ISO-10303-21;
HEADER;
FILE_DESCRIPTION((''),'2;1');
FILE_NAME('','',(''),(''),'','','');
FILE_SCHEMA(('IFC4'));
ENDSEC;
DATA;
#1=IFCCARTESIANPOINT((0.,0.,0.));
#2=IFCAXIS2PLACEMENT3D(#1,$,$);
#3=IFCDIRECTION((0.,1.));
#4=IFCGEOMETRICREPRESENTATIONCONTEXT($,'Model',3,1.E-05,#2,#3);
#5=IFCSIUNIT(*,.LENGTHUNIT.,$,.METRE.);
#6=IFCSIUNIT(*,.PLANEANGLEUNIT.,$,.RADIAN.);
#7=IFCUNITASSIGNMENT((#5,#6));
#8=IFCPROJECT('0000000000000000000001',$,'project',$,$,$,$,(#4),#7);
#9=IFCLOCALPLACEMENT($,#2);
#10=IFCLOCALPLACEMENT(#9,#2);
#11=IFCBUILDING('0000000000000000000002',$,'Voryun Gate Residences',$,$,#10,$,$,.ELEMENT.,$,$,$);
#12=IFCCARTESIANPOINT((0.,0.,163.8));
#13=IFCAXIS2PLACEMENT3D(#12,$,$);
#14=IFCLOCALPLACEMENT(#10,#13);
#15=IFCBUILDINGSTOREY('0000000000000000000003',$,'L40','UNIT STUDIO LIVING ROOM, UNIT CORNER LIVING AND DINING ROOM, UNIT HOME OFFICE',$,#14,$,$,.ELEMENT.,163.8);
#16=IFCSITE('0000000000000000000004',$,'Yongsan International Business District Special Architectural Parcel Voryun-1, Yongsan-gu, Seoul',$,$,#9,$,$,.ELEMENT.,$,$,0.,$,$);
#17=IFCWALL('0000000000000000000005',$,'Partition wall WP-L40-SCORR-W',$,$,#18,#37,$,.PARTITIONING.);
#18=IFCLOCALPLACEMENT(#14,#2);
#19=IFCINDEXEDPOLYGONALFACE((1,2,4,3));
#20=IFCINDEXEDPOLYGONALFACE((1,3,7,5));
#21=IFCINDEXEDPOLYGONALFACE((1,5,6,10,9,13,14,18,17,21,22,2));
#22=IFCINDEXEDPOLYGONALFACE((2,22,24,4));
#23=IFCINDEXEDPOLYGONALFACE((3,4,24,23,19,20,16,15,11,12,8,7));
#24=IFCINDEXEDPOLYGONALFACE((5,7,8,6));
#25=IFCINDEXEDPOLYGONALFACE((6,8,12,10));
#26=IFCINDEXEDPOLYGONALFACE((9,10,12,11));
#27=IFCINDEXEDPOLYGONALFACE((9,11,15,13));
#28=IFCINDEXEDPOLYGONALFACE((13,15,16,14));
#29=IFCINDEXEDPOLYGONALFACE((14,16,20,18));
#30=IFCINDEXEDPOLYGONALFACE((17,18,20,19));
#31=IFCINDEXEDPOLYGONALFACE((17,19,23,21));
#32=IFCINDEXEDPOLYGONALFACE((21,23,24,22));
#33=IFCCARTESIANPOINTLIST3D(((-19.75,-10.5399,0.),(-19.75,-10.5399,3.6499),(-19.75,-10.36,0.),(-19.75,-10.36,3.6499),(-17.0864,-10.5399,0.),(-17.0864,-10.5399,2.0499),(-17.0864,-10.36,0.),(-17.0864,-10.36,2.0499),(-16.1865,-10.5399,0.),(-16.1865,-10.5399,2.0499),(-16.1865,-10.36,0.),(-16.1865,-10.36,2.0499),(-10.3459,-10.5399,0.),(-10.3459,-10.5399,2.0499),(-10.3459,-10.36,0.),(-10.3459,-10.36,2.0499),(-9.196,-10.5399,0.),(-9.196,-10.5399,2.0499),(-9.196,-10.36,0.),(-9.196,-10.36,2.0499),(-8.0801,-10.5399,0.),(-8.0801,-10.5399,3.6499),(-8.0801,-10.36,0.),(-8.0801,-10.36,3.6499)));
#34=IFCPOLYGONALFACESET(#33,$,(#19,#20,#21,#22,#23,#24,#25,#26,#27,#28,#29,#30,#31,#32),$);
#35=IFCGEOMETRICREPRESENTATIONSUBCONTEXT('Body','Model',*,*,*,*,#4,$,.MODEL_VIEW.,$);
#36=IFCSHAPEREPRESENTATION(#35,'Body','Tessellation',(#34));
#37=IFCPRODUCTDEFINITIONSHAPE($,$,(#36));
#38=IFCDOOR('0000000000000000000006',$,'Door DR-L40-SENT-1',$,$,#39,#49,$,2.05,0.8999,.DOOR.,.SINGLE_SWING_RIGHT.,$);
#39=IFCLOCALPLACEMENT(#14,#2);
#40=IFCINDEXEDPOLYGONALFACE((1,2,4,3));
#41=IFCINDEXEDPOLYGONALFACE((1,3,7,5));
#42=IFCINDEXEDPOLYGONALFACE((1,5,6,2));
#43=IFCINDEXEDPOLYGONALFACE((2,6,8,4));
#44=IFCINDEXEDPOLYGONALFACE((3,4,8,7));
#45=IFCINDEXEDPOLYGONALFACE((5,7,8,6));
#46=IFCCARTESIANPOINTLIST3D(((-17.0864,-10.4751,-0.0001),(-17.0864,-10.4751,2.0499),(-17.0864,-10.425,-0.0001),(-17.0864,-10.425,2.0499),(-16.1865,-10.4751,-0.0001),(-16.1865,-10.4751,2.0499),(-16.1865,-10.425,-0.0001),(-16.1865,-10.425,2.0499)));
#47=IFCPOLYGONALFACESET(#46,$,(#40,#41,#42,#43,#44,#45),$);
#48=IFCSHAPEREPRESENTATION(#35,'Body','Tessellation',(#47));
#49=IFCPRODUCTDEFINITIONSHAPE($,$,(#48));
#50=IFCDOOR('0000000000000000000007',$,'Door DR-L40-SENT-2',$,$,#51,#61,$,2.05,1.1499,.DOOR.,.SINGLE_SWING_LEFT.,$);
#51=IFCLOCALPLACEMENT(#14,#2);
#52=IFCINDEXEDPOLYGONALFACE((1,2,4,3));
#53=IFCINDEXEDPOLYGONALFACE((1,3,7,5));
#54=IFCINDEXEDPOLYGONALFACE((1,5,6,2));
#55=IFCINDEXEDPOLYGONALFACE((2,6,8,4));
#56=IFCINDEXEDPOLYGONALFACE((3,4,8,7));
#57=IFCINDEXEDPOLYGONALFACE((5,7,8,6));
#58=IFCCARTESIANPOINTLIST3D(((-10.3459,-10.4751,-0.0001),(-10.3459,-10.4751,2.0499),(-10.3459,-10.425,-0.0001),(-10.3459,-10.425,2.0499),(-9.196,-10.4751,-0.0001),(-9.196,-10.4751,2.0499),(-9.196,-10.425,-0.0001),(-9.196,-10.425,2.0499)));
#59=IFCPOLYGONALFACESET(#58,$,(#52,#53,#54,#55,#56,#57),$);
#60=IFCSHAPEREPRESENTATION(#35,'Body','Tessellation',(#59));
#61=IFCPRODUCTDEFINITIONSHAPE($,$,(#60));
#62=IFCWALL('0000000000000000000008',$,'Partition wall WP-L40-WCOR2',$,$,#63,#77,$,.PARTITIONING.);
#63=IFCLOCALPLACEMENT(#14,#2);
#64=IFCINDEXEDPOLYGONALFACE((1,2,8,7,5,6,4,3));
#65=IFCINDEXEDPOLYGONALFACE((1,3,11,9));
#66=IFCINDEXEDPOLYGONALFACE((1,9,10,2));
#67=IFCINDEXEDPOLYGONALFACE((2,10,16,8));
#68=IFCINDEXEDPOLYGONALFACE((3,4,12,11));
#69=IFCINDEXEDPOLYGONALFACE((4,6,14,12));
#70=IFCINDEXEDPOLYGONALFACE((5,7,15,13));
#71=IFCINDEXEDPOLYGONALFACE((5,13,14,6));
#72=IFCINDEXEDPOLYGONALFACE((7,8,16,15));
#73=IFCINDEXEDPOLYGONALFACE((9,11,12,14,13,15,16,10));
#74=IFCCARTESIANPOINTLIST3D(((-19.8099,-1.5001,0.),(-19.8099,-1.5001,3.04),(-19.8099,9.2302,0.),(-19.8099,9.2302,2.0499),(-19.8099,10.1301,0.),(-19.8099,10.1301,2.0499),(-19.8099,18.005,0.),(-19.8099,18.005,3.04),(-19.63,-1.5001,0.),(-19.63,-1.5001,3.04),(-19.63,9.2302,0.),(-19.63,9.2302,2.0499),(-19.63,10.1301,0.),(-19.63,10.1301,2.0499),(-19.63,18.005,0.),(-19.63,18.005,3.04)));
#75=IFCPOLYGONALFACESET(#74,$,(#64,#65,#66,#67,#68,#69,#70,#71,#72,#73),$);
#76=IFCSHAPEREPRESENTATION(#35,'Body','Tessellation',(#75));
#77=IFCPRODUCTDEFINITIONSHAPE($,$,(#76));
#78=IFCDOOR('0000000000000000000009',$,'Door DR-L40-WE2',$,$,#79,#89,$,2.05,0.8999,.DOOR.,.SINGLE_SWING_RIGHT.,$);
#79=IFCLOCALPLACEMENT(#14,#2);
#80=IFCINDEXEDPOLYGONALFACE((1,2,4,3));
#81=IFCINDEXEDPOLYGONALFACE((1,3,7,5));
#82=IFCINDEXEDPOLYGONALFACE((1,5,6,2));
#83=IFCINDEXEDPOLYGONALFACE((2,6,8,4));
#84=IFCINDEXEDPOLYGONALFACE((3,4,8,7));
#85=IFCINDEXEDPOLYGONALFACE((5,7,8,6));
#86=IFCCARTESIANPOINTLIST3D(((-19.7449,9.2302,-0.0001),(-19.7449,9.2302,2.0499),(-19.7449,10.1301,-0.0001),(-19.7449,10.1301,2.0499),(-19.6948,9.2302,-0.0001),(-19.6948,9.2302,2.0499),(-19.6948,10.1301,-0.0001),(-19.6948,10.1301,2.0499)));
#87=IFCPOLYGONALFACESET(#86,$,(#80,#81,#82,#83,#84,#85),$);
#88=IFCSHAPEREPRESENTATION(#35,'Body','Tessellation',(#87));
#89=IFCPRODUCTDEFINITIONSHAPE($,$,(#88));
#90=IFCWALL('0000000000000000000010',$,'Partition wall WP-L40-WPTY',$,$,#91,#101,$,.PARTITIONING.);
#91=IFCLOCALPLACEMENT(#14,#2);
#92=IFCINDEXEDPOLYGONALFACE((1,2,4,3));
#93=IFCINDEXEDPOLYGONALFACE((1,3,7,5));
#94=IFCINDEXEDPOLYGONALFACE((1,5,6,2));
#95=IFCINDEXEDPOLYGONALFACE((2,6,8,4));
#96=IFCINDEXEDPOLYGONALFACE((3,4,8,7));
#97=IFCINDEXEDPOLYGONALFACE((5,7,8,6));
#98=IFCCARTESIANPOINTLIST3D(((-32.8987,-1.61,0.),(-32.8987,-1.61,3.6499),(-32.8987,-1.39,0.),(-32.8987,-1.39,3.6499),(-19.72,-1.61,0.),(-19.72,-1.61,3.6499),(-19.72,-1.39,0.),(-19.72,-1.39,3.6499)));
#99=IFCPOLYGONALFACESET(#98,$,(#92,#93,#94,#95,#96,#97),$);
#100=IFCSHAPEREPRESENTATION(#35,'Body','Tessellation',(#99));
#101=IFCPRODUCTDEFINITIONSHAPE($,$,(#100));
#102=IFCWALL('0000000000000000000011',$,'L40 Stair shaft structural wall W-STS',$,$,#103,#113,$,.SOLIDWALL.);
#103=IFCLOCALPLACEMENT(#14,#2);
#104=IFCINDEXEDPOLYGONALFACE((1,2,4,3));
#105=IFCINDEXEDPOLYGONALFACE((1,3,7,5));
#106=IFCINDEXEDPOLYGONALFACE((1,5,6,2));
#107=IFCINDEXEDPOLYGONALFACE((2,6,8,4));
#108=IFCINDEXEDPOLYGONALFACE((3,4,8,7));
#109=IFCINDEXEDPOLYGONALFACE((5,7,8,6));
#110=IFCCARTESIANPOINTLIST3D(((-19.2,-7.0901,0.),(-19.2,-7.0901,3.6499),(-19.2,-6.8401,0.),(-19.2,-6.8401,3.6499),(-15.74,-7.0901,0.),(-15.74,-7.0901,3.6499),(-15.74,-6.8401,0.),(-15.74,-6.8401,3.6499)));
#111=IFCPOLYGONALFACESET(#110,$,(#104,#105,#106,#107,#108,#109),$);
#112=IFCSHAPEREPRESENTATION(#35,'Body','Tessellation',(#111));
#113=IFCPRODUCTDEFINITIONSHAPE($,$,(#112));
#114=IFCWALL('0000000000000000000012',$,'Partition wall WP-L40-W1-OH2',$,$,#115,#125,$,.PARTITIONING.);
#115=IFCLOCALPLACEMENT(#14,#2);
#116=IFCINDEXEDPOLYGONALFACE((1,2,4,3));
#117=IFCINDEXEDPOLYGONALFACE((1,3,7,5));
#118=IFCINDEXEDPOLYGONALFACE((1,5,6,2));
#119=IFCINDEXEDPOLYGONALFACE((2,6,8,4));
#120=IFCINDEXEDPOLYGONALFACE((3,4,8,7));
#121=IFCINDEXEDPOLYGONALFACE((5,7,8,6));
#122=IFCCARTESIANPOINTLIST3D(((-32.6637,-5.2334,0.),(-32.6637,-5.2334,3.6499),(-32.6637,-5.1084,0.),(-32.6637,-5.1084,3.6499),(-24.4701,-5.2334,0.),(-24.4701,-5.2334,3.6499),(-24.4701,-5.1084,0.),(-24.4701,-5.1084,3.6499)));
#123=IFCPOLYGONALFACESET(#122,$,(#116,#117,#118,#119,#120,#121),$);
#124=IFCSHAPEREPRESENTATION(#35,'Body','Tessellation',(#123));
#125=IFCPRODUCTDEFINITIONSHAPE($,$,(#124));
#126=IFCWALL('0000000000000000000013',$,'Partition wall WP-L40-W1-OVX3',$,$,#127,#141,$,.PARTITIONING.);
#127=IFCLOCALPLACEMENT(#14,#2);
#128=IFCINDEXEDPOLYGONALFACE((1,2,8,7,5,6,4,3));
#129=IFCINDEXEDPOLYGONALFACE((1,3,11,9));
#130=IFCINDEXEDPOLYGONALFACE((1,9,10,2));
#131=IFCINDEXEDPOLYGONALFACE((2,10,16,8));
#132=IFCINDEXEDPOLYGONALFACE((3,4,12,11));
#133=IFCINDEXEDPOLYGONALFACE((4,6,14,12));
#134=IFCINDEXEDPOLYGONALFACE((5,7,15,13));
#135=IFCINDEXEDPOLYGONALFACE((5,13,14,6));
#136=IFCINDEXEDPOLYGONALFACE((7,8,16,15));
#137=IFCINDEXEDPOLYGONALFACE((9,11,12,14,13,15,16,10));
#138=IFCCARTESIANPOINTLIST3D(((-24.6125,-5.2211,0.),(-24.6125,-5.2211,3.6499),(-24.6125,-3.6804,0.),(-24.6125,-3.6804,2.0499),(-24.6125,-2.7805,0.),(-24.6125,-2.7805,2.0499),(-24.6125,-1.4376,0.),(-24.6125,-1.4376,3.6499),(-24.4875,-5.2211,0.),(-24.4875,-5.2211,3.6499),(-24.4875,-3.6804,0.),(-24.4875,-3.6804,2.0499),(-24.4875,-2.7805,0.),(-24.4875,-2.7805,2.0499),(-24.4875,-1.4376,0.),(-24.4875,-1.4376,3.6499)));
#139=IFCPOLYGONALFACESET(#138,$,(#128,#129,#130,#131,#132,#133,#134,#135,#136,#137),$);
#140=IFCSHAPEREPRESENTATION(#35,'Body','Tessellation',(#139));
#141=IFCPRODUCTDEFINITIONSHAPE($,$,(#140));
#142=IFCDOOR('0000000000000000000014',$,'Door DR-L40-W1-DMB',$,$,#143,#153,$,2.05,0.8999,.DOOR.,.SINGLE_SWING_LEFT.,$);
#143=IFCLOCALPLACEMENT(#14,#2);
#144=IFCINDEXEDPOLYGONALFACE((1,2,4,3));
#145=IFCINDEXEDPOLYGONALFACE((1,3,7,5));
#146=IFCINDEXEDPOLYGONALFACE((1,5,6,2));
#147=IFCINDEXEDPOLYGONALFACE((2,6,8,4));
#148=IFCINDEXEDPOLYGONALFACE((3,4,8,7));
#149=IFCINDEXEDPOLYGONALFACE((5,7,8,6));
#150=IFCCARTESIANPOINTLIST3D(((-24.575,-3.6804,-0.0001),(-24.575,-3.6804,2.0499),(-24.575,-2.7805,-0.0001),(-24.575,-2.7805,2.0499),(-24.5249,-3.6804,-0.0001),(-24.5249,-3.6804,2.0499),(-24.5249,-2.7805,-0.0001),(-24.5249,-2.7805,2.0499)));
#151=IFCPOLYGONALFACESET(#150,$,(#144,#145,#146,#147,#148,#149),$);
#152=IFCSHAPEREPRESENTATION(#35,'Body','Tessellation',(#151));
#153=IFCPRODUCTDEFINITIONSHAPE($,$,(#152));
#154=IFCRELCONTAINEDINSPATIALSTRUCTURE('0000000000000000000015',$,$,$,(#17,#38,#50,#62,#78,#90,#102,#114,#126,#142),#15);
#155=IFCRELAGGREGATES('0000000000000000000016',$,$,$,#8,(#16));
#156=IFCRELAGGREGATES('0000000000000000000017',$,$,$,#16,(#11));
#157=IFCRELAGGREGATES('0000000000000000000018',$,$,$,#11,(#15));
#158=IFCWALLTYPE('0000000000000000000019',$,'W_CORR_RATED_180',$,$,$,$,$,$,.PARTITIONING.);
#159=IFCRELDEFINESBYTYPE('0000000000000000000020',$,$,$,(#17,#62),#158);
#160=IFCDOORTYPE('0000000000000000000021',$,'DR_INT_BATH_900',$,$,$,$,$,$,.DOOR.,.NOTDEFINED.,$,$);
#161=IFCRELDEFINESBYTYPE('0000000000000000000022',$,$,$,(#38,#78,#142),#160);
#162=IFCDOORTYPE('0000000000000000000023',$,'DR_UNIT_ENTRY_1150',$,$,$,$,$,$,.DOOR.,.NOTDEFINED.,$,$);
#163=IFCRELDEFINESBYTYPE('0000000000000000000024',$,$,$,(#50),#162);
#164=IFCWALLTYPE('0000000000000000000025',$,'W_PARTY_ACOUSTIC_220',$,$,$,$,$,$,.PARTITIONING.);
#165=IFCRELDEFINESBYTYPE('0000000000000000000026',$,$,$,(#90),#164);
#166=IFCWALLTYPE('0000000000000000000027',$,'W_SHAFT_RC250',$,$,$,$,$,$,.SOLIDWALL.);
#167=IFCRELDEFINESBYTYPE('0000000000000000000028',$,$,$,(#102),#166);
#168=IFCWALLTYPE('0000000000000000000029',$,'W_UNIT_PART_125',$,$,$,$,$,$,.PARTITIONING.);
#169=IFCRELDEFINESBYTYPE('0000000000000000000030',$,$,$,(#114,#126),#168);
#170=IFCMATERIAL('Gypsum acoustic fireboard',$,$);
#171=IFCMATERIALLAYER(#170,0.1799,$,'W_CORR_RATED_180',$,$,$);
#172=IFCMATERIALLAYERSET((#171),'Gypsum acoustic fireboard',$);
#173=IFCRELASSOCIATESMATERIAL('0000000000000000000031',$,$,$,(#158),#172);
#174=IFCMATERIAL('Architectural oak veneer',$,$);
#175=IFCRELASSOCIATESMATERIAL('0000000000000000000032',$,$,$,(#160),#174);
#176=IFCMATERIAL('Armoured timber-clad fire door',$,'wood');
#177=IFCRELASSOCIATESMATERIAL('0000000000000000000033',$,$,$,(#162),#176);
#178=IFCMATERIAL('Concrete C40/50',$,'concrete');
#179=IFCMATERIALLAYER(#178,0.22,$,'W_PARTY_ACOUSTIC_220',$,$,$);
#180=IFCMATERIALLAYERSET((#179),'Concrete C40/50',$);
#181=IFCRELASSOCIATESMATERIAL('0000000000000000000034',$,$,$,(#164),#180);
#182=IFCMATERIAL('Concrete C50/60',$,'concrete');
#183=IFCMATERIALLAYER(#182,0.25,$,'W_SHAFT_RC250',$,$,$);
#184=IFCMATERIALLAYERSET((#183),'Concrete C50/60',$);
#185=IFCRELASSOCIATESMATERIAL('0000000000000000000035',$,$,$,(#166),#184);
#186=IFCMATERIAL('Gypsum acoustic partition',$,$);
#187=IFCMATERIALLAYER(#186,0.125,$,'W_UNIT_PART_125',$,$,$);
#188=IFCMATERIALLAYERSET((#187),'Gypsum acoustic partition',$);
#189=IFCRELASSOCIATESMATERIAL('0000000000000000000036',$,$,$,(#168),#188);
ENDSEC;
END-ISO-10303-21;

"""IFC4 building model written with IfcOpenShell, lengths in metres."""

from ifc_helpers import new_model, si_unit, direction, frame, frame_2d, origin, place, context, subcontext, project, spatial, rectangle, extrude, material, layer, layer_set, type_object, element, fill, save


model = new_model("IFC4")

# Units and contexts
model_context = context("Model", 3, precision=1e-05, world=origin(), true_north=direction((0.0, 1.0)))
body_context = subcontext(model_context, "Body", "Model", "MODEL_VIEW")
ifc_project = project(units=[si_unit("LENGTHUNIT", "METRE"), si_unit("PLANEANGLEUNIT", "RADIAN")], contexts=[model_context])

# Site, building, storey
site_placement = place(None, origin())
site = spatial("IfcSite", under=ifc_project, at=site_placement, Name="Yongsan International Business District Special Architectural Parcel Voryun-1, Yongsan-gu, Seoul", CompositionType="ELEMENT", RefElevation=0.0)
building_placement = place(site_placement, origin())
building = spatial("IfcBuilding", under=site, at=building_placement, Name="Voryun Gate Residences", CompositionType="ELEMENT")
storey_placement = place(building_placement, frame((0.0, 0.0, 163.8)))
storey = spatial("IfcBuildingStorey", under=building, at=storey_placement, Name="L40", Description="UNIT STUDIO LIVING ROOM, UNIT CORNER LIVING AND DINING ROOM, UNIT HOME OFFICE", CompositionType="ELEMENT", Elevation=163.8)

# Wall, openings, doors
ifc_material_1 = material(Name="Gypsum acoustic fireboard")
ifc_layer_1 = layer(ifc_material_1, 0.1799, Name="W_CORR_RATED_180")
ifc_layer_set_1 = layer_set([ifc_layer_1], Name="Gypsum acoustic fireboard")
wall_type_1 = type_object("IfcWallType", Name="W_CORR_RATED_180", PredefinedType="PARTITIONING", material=ifc_layer_set_1)
wall_1_placement = place(storey_placement, frame((-19.75, -10.45, 0.0), z_axis=(0.0, 0.0, 1.0), x_axis=(1.0, 0.0, 0.0)))
wall_1 = element("IfcWall", 1, at=wall_1_placement, inside=storey, type_object=wall_type_1, Name="Partition wall WP-L40-SCORR-W", PredefinedType="PARTITIONING", context=body_context, shape_type="SweptSolid", body=[
    extrude(rectangle(XDim=11.6699, YDim=0.1799, at=frame_2d((5.835, 0.0))), origin(), (0.0, 0.0, 1.0), 3.6499),
])
opening_1_placement = place(wall_1_placement, frame((2.6636, 0.0, 0.0)))
opening_1 = element("IfcOpeningElement", 2, at=opening_1_placement, cuts=wall_1, PredefinedType="OPENING", context=body_context, shape_type="SweptSolid", body=[
    extrude(rectangle(XDim=0.8999, YDim=2.05, at=frame_2d((0.45, 1.0249))), frame((0.0, 0.0999, 0.0), z_axis=(0.0, -1.0, 0.0), x_axis=(1.0, 0.0, 0.0)), (0.0, 0.0, 1.0), 0.2),
])
opening_2_placement = place(wall_1_placement, frame((9.4041, 0.0, 0.0)))
opening_2 = element("IfcOpeningElement", 3, at=opening_2_placement, cuts=wall_1, PredefinedType="OPENING", context=body_context, shape_type="SweptSolid", body=[
    extrude(rectangle(XDim=1.1499, YDim=2.05, at=frame_2d((0.575, 1.0249))), frame((0.0, 0.0999, 0.0), z_axis=(0.0, -1.0, 0.0), x_axis=(1.0, 0.0, 0.0)), (0.0, 0.0, 1.0), 0.2),
])
ifc_material_2 = material(Name="Architectural oak veneer")
door_type_1 = type_object("IfcDoorType", Name="DR_INT_BATH_900", OperationType="NOTDEFINED", PredefinedType="DOOR", material=ifc_material_2)
door_1_placement = place(opening_1_placement, origin())
door_1 = element("IfcDoor", 4, at=door_1_placement, inside=storey, type_object=door_type_1, Name="Door DR-L40-SENT-1", OperationType="SINGLE_SWING_RIGHT", OverallHeight=2.05, OverallWidth=0.8999, PredefinedType="DOOR", context=body_context, shape_type="SweptSolid", body=[
    extrude(rectangle(XDim=0.8999, YDim=2.05, at=frame_2d((0.45, 1.0249))), frame((0.0, 0.0249, 0.0), z_axis=(0.0, -1.0, 0.0), x_axis=(1.0, 0.0, 0.0)), (0.0, 0.0, 1.0), 0.05),
])
fill(opening_1, door_1)
ifc_material_3 = material(Name="Armoured timber-clad fire door", Category="wood")
door_type_2 = type_object("IfcDoorType", Name="DR_UNIT_ENTRY_1150", OperationType="NOTDEFINED", PredefinedType="DOOR", material=ifc_material_3)
door_2_placement = place(opening_2_placement, origin())
door_2 = element("IfcDoor", 5, at=door_2_placement, inside=storey, type_object=door_type_2, Name="Door DR-L40-SENT-2", OperationType="SINGLE_SWING_LEFT", OverallHeight=2.05, OverallWidth=1.1499, PredefinedType="DOOR", context=body_context, shape_type="SweptSolid", body=[
    extrude(rectangle(XDim=1.1499, YDim=2.05, at=frame_2d((0.575, 1.0249))), frame((0.0, 0.0249, 0.0), z_axis=(0.0, -1.0, 0.0), x_axis=(1.0, 0.0, 0.0)), (0.0, 0.0, 1.0), 0.05),
])
fill(opening_2, door_2)

# Wall, opening, door
wall_2_placement = place(storey_placement, frame((-19.72, -1.5, 0.0), z_axis=(0.0, 0.0, 1.0), x_axis=(0.0, 1.0, 0.0)))
wall_2 = element("IfcWall", 6, at=wall_2_placement, inside=storey, type_object=wall_type_1, Name="Partition wall WP-L40-WCOR2", PredefinedType="PARTITIONING", context=body_context, shape_type="SweptSolid", body=[
    extrude(rectangle(XDim=19.5051, YDim=0.1799, at=frame_2d((9.7524, 0.0))), origin(), (0.0, 0.0, 1.0), 3.04),
])
opening_3_placement = place(wall_2_placement, frame((10.7302, 0.0, 0.0)))
opening_3 = element("IfcOpeningElement", 7, at=opening_3_placement, cuts=wall_2, PredefinedType="OPENING", context=body_context, shape_type="SweptSolid", body=[
    extrude(rectangle(XDim=0.8999, YDim=2.05, at=frame_2d((0.45, 1.0249))), frame((0.0, 0.0999, 0.0), z_axis=(0.0, -1.0, 0.0), x_axis=(1.0, 0.0, 0.0)), (0.0, 0.0, 1.0), 0.2),
])
door_3_placement = place(opening_3_placement, origin())
door_3 = element("IfcDoor", 8, at=door_3_placement, inside=storey, type_object=door_type_1, Name="Door DR-L40-WE2", OperationType="SINGLE_SWING_RIGHT", OverallHeight=2.05, OverallWidth=0.8999, PredefinedType="DOOR", context=body_context, shape_type="SweptSolid", body=[
    extrude(rectangle(XDim=0.8999, YDim=2.05, at=frame_2d((0.45, 1.0249))), frame((0.0, 0.0249, 0.0), z_axis=(0.0, -1.0, 0.0), x_axis=(1.0, 0.0, 0.0)), (0.0, 0.0, 1.0), 0.05),
])
fill(opening_3, door_3)

# Walls
ifc_material_4 = material(Name="Concrete C40/50", Category="concrete")
ifc_layer_2 = layer(ifc_material_4, 0.22, Name="W_PARTY_ACOUSTIC_220")
ifc_layer_set_2 = layer_set([ifc_layer_2], Name="Concrete C40/50")
wall_type_2 = type_object("IfcWallType", Name="W_PARTY_ACOUSTIC_220", PredefinedType="PARTITIONING", material=ifc_layer_set_2)
wall_3_placement = place(storey_placement, frame((-19.72, -1.5, 0.0), z_axis=(0.0, 0.0, 1.0), x_axis=(-1.0, 0.0, 0.0)))
element("IfcWall", 9, at=wall_3_placement, inside=storey, type_object=wall_type_2, Name="Partition wall WP-L40-WPTY", PredefinedType="PARTITIONING", context=body_context, shape_type="SweptSolid", body=[
    extrude(rectangle(XDim=13.1787, YDim=0.22, at=frame_2d((6.5894, 0.0))), origin(), (0.0, 0.0, 1.0), 3.6499),
])
ifc_material_5 = material(Name="Concrete C50/60", Category="concrete")
ifc_layer_3 = layer(ifc_material_5, 0.25, Name="W_SHAFT_RC250")
ifc_layer_set_3 = layer_set([ifc_layer_3], Name="Concrete C50/60")
wall_type_3 = type_object("IfcWallType", Name="W_SHAFT_RC250", PredefinedType="SOLIDWALL", material=ifc_layer_set_3)
wall_4_placement = place(storey_placement, frame((-19.2, -6.9651, 0.0), z_axis=(0.0, 0.0, 1.0), x_axis=(1.0, 0.0, 0.0)))
element("IfcWall", 10, at=wall_4_placement, inside=storey, type_object=wall_type_3, Name="L40 Stair shaft structural wall W-STS", PredefinedType="SOLIDWALL", context=body_context, shape_type="SweptSolid", body=[
    extrude(rectangle(XDim=3.46, YDim=0.25, at=frame_2d((1.73, 0.0))), origin(), (0.0, 0.0, 1.0), 3.6499),
])
ifc_material_6 = material(Name="Gypsum acoustic partition")
ifc_layer_4 = layer(ifc_material_6, 0.125, Name="W_UNIT_PART_125")
ifc_layer_set_4 = layer_set([ifc_layer_4], Name="Gypsum acoustic partition")
wall_type_4 = type_object("IfcWallType", Name="W_UNIT_PART_125", PredefinedType="PARTITIONING", material=ifc_layer_set_4)
wall_5_placement = place(storey_placement, frame((-32.6636, -5.1709, 0.0), z_axis=(0.0, 0.0, 1.0), x_axis=(1.0, 0.0, 0.0)))
element("IfcWall", 11, at=wall_5_placement, inside=storey, type_object=wall_type_4, Name="Partition wall WP-L40-W1-OH2", PredefinedType="PARTITIONING", context=body_context, shape_type="SweptSolid", body=[
    extrude(rectangle(XDim=8.1936, YDim=0.125, at=frame_2d((4.0967, 0.0))), origin(), (0.0, 0.0, 1.0), 3.6499),
])

# Wall, opening, door
wall_6_placement = place(storey_placement, frame((-24.55, -5.2209, 0.0), z_axis=(0.0, 0.0, 1.0), x_axis=(0.0, 1.0, 0.0)))
wall_6 = element("IfcWall", 12, at=wall_6_placement, inside=storey, type_object=wall_type_4, Name="Partition wall WP-L40-W1-OVX3", PredefinedType="PARTITIONING", context=body_context, shape_type="SweptSolid", body=[
    extrude(rectangle(XDim=3.7834, YDim=0.125, at=frame_2d((1.8916, 0.0))), origin(), (0.0, 0.0, 1.0), 3.6499),
])
opening_4_placement = place(wall_6_placement, frame((1.5405, 0.0, 0.0)))
opening_4 = element("IfcOpeningElement", 13, at=opening_4_placement, cuts=wall_6, PredefinedType="OPENING", context=body_context, shape_type="SweptSolid", body=[
    extrude(rectangle(XDim=0.8999, YDim=2.05, at=frame_2d((0.45, 1.0249))), frame((0.0, 0.0725, 0.0), z_axis=(0.0, -1.0, 0.0), x_axis=(1.0, 0.0, 0.0)), (0.0, 0.0, 1.0), 0.145),
])
door_4_placement = place(opening_4_placement, origin())
door_4 = element("IfcDoor", 14, at=door_4_placement, inside=storey, type_object=door_type_1, Name="Door DR-L40-W1-DMB", OperationType="SINGLE_SWING_LEFT", OverallHeight=2.05, OverallWidth=0.8999, PredefinedType="DOOR", context=body_context, shape_type="SweptSolid", body=[
    extrude(rectangle(XDim=0.8999, YDim=2.05, at=frame_2d((0.45, 1.0249))), frame((0.0, 0.0249, 0.0), z_axis=(0.0, -1.0, 0.0), x_axis=(1.0, 0.0, 0.0)), (0.0, 0.0, 1.0), 0.05),
])
fill(opening_4, door_4)

save(model, "model.ifc")
